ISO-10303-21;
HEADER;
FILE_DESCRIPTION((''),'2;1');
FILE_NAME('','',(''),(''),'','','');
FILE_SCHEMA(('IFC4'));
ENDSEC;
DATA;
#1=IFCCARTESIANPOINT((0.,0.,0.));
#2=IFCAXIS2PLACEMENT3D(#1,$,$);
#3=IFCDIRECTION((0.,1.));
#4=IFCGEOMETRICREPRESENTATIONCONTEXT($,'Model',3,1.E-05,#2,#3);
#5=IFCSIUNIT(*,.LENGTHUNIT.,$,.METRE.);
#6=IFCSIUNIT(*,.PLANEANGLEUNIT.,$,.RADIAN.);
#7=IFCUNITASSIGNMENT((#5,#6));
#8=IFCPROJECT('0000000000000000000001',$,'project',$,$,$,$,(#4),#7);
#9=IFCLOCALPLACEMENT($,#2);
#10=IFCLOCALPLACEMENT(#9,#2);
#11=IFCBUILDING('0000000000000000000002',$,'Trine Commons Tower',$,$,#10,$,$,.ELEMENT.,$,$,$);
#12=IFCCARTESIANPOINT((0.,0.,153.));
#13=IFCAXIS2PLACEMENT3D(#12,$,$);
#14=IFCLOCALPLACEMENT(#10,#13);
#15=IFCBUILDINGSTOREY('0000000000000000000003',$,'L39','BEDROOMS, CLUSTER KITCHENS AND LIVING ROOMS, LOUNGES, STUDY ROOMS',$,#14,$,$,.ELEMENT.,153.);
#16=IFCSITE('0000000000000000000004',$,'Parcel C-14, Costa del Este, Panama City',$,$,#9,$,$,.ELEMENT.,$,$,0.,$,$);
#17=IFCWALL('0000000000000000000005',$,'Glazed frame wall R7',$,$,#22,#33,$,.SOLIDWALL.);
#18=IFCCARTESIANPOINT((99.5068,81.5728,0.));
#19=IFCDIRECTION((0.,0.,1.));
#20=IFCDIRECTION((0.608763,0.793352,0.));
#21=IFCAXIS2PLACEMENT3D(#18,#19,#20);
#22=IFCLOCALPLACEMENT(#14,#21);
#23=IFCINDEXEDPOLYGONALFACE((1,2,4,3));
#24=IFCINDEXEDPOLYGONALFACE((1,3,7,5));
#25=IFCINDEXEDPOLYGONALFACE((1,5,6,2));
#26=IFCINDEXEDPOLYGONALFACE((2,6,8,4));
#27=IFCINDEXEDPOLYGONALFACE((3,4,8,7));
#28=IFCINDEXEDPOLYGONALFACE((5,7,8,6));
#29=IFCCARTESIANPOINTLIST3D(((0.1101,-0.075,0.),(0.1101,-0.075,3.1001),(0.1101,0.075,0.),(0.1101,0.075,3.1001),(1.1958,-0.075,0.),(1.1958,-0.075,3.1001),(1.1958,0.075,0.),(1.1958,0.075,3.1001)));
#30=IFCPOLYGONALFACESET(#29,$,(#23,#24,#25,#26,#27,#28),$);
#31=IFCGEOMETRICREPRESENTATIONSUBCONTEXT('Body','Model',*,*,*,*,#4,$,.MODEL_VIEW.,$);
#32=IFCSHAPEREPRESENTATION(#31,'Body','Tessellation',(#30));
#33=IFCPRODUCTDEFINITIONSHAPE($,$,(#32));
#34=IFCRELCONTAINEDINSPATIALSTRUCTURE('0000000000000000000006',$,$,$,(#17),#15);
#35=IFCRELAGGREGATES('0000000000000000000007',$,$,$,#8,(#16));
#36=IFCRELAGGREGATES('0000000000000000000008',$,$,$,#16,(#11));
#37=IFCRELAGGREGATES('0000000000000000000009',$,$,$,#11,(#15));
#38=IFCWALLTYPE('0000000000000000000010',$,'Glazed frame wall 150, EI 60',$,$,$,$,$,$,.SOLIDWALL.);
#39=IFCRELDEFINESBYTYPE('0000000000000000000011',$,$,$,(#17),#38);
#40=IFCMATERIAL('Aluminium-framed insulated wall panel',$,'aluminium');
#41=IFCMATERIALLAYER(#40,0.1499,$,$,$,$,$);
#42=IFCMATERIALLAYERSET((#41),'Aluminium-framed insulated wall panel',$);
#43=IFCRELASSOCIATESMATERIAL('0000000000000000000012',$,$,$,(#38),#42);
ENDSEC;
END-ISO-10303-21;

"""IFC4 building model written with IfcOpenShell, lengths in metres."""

from ifc_helpers import new_model, si_unit, direction, frame, origin, place, context, subcontext, project, spatial, polyline, outline, extrude, material, layer, layer_set, type_object, element, save


model = new_model("IFC4")

# Units and contexts
model_context = context("Model", 3, precision=1e-05, world=origin(), true_north=direction((0.0, 1.0)))
body_context = subcontext(model_context, "Body", "Model", "MODEL_VIEW")
ifc_project = project(units=[si_unit("LENGTHUNIT", "METRE"), si_unit("PLANEANGLEUNIT", "RADIAN")], contexts=[model_context])

# Site, building, storey
site_placement = place(None, origin())
site = spatial("IfcSite", under=ifc_project, at=site_placement, Name="Parcel C-14, Costa del Este, Panama City", CompositionType="ELEMENT", RefElevation=0.0)
building_placement = place(site_placement, origin())
building = spatial("IfcBuilding", under=site, at=building_placement, Name="Trine Commons Tower", CompositionType="ELEMENT")
storey_placement = place(building_placement, frame((0.0, 0.0, 153.0)))
storey = spatial("IfcBuildingStorey", under=building, at=storey_placement, Name="L39", Description="BEDROOMS, CLUSTER KITCHENS AND LIVING ROOMS, LOUNGES, STUDY ROOMS", CompositionType="ELEMENT", Elevation=153.0)

# Wall
ifc_material_1 = material(Name="Aluminium-framed insulated wall panel", Category="aluminium")
ifc_layer_1 = layer(ifc_material_1, 0.1499)
ifc_layer_set_1 = layer_set([ifc_layer_1], Name="Aluminium-framed insulated wall panel")
wall_type_1 = type_object("IfcWallType", Name="Glazed frame wall 150, EI 60", PredefinedType="SOLIDWALL", material=ifc_layer_set_1)
wall_1_placement = place(storey_placement, frame((99.5068, 81.5728, 0.0), z_axis=(0.0, 0.0, 1.0), x_axis=(0.608763, 0.793352, 0.0)))
element("IfcWall", 1, at=wall_1_placement, inside=storey, type_object=wall_type_1, Name="Glazed frame wall R7", PredefinedType="SOLIDWALL", context=body_context, shape_type="SweptSolid", body=[
    extrude(outline(polyline([(0.1101, 0.075), (0.1101, -0.075), (1.1958, -0.075), (1.1958, 0.075), (0.1101, 0.075)])), origin(), (0.0, 0.0, 1.0), 3.1001),
])

save(model, "model.ifc")
